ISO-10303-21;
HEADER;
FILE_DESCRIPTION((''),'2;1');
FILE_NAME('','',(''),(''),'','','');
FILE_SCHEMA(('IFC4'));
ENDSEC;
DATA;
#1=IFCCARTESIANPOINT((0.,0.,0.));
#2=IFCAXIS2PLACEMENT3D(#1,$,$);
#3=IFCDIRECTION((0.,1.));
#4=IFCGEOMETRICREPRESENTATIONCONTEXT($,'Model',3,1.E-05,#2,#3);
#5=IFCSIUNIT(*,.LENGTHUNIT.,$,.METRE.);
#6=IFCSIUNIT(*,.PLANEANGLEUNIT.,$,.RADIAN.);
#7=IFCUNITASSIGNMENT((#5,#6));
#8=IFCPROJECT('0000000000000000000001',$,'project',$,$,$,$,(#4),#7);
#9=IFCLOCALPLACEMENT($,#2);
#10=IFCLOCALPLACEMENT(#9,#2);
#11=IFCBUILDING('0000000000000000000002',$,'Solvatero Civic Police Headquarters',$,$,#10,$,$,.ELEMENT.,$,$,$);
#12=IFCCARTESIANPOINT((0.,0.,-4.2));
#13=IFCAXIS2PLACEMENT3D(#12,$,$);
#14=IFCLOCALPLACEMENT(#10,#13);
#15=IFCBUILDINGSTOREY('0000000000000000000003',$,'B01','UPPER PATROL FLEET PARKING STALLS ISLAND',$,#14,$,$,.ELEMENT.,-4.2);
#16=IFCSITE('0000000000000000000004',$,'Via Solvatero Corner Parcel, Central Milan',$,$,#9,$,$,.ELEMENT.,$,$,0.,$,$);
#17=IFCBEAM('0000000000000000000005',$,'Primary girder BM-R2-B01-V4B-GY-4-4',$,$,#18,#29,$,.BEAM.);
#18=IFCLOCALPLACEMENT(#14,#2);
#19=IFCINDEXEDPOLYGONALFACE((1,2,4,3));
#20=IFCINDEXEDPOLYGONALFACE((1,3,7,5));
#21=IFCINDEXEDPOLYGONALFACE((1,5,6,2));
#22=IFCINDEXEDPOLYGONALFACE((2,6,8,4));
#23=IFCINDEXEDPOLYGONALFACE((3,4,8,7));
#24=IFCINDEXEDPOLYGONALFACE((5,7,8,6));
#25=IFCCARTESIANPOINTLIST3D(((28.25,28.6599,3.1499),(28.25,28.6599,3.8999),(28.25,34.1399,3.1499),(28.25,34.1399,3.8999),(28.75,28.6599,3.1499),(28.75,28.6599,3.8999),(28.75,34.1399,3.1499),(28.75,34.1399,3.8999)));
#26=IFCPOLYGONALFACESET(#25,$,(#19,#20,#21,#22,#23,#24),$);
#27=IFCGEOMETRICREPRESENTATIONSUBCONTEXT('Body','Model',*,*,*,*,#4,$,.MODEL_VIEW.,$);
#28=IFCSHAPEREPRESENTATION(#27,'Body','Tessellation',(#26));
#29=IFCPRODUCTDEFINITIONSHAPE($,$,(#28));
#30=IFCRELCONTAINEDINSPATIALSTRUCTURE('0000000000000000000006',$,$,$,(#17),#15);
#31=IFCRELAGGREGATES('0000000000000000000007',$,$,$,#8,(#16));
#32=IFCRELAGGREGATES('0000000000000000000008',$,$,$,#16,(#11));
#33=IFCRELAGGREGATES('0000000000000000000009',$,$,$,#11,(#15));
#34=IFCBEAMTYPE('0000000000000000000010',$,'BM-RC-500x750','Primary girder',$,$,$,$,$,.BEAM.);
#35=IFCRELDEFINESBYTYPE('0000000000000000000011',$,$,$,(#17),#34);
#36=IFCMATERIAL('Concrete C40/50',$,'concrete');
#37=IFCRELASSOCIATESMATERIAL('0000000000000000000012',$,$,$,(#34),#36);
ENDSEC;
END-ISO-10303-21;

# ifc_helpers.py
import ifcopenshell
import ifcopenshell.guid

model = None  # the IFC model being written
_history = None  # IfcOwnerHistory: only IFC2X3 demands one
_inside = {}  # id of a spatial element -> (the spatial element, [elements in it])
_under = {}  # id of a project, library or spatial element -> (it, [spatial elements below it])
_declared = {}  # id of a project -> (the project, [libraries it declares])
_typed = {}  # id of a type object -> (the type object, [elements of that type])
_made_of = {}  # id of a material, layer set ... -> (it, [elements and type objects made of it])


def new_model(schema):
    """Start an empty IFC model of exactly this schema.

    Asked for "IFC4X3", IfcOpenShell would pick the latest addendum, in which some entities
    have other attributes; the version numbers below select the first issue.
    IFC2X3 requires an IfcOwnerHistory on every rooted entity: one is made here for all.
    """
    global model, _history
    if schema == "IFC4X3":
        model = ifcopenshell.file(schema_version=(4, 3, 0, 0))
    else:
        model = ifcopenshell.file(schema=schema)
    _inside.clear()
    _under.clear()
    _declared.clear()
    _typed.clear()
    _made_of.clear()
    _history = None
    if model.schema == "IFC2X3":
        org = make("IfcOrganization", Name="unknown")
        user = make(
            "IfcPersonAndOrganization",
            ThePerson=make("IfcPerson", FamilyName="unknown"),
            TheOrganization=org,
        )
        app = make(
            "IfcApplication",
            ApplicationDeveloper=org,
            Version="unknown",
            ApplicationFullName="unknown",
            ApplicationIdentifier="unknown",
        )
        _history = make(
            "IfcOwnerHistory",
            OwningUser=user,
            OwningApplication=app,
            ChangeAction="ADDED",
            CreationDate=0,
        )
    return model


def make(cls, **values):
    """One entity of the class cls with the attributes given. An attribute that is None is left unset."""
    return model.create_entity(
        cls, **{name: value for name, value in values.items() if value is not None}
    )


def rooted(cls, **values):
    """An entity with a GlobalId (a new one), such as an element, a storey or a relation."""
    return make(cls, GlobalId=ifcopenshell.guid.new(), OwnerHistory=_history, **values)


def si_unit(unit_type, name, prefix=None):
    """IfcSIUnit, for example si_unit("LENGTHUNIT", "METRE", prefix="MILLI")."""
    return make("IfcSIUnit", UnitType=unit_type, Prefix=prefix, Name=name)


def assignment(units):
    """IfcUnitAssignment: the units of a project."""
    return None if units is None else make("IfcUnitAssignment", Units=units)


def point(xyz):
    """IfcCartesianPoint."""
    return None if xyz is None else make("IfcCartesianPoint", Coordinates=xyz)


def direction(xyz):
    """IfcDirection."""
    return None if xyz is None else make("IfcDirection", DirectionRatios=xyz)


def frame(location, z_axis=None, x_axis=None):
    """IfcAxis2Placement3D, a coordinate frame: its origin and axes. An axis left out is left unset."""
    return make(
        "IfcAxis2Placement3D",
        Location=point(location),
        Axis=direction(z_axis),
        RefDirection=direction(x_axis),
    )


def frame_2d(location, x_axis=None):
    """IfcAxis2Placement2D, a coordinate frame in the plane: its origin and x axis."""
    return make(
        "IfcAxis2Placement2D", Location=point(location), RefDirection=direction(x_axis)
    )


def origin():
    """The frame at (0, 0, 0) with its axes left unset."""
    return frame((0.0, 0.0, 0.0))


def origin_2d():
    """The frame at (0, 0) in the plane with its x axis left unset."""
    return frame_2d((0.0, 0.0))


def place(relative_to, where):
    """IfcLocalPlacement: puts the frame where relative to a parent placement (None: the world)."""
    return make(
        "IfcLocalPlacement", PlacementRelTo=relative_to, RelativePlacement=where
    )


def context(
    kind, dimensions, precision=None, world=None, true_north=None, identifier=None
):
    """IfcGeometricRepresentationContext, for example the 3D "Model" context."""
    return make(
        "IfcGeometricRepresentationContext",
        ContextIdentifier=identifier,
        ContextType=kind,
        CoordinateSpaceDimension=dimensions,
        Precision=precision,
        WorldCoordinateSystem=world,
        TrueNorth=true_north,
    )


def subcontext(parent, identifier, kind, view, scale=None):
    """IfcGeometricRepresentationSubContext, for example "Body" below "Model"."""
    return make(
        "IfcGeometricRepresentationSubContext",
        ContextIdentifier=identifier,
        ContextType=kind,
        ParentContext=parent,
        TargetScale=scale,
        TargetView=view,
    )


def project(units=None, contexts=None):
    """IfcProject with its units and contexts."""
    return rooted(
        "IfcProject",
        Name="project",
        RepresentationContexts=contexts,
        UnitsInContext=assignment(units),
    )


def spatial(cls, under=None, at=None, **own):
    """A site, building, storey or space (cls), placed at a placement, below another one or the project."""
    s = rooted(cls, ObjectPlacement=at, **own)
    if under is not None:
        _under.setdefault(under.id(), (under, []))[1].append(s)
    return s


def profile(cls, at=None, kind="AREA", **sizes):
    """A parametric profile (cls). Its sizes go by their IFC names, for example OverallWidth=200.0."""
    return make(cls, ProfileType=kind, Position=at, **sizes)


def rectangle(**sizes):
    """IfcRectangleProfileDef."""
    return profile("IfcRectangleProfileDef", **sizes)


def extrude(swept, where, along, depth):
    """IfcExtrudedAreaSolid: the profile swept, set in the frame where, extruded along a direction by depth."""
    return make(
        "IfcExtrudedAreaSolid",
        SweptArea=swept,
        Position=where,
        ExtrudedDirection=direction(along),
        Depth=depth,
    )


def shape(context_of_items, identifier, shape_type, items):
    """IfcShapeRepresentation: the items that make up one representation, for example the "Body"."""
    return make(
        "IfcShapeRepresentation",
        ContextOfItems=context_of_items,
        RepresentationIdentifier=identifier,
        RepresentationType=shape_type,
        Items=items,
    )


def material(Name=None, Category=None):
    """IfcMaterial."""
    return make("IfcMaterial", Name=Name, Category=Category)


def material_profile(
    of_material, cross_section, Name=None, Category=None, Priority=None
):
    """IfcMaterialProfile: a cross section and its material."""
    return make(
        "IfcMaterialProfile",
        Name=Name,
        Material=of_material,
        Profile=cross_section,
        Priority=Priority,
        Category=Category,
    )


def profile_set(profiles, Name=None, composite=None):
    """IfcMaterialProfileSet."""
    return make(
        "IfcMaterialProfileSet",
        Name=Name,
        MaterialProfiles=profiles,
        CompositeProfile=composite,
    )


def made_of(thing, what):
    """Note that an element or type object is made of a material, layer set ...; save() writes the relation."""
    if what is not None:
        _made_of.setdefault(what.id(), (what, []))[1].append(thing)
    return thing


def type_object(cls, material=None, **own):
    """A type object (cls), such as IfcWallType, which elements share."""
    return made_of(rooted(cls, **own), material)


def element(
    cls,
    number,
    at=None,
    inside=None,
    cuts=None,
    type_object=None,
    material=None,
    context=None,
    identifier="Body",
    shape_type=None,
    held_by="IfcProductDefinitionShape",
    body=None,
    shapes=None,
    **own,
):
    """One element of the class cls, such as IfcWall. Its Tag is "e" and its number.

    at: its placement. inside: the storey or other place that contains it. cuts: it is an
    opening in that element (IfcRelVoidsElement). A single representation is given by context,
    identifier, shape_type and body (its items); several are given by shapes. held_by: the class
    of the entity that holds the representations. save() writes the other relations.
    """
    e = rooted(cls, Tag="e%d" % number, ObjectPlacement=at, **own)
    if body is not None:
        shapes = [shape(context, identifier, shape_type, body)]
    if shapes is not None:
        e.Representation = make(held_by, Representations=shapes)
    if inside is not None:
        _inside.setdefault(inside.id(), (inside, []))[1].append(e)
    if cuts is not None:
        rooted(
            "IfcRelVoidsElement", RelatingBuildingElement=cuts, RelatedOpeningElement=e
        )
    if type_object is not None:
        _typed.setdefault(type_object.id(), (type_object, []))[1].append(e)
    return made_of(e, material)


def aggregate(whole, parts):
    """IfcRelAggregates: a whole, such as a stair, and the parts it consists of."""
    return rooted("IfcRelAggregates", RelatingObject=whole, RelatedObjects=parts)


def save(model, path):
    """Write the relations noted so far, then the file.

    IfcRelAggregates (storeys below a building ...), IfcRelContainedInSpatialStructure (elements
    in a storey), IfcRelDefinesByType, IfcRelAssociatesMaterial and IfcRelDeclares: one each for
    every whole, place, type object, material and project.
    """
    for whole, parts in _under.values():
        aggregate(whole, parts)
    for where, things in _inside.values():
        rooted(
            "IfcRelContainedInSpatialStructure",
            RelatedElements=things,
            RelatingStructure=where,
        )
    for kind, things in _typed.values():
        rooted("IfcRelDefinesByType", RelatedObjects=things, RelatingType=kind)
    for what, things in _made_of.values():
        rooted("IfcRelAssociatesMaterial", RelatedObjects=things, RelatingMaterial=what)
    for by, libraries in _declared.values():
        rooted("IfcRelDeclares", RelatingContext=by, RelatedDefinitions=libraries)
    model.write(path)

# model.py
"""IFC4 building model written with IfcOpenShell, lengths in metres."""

from ifc_helpers import new_model, si_unit, direction, frame, origin, origin_2d, place, context, subcontext, project, spatial, rectangle, extrude, material, material_profile, profile_set, type_object, element, save


model = new_model("IFC4")

# Units and contexts
model_context = context("Model", 3, precision=1e-05, world=origin(), true_north=direction((0.0, 1.0)))
body_context = subcontext(model_context, "Body", "Model", "MODEL_VIEW")
ifc_project = project(units=[si_unit("LENGTHUNIT", "METRE"), si_unit("PLANEANGLEUNIT", "RADIAN")], contexts=[model_context])

# Site, building, storey
site_placement = place(None, origin())
site = spatial("IfcSite", under=ifc_project, at=site_placement, Name="Via Solvatero Corner Parcel, Central Milan", CompositionType="ELEMENT", RefElevation=0.0)
building_placement = place(site_placement, origin())
building = spatial("IfcBuilding", under=site, at=building_placement, Name="Solvatero Civic Police Headquarters", CompositionType="ELEMENT")
storey_placement = place(building_placement, frame((0.0, 0.0, -4.2)))
storey = spatial("IfcBuildingStorey", under=building, at=storey_placement, Name="B01", Description="UPPER PATROL FLEET PARKING STALLS ISLAND", CompositionType="ELEMENT", Elevation=-4.2)

# Shared definitions
ifc_material = material(Name="Concrete C40/50", Category="concrete")

# Beam
ifc_material_profile_1 = material_profile(ifc_material, rectangle(XDim=0.5, YDim=0.75, at=origin_2d()), Name="RC 500x750")
ifc_profile_set_1 = profile_set([ifc_material_profile_1], Name="Concrete C40/50")
beam_type_1 = type_object("IfcBeamType", Name="BM-RC-500x750", Description="Primary girder", PredefinedType="BEAM", material=ifc_profile_set_1)
beam_1_placement = place(storey_placement, frame((28.5, 28.6599, 3.5249), z_axis=(0.0, 1.0, 0.0), x_axis=(-1.0, 0.0, 0.0)))
element("IfcBeam", 1, at=beam_1_placement, inside=storey, type_object=beam_type_1, Name="Primary girder BM-R2-B01-V4B-GY-4-4", PredefinedType="BEAM", context=body_context, shape_type="SweptSolid", body=[
    extrude(rectangle(XDim=0.5, YDim=0.75, at=origin_2d()), origin(), (0.0, 0.0, 1.0), 5.48),
])

save(model, "model.ifc")
